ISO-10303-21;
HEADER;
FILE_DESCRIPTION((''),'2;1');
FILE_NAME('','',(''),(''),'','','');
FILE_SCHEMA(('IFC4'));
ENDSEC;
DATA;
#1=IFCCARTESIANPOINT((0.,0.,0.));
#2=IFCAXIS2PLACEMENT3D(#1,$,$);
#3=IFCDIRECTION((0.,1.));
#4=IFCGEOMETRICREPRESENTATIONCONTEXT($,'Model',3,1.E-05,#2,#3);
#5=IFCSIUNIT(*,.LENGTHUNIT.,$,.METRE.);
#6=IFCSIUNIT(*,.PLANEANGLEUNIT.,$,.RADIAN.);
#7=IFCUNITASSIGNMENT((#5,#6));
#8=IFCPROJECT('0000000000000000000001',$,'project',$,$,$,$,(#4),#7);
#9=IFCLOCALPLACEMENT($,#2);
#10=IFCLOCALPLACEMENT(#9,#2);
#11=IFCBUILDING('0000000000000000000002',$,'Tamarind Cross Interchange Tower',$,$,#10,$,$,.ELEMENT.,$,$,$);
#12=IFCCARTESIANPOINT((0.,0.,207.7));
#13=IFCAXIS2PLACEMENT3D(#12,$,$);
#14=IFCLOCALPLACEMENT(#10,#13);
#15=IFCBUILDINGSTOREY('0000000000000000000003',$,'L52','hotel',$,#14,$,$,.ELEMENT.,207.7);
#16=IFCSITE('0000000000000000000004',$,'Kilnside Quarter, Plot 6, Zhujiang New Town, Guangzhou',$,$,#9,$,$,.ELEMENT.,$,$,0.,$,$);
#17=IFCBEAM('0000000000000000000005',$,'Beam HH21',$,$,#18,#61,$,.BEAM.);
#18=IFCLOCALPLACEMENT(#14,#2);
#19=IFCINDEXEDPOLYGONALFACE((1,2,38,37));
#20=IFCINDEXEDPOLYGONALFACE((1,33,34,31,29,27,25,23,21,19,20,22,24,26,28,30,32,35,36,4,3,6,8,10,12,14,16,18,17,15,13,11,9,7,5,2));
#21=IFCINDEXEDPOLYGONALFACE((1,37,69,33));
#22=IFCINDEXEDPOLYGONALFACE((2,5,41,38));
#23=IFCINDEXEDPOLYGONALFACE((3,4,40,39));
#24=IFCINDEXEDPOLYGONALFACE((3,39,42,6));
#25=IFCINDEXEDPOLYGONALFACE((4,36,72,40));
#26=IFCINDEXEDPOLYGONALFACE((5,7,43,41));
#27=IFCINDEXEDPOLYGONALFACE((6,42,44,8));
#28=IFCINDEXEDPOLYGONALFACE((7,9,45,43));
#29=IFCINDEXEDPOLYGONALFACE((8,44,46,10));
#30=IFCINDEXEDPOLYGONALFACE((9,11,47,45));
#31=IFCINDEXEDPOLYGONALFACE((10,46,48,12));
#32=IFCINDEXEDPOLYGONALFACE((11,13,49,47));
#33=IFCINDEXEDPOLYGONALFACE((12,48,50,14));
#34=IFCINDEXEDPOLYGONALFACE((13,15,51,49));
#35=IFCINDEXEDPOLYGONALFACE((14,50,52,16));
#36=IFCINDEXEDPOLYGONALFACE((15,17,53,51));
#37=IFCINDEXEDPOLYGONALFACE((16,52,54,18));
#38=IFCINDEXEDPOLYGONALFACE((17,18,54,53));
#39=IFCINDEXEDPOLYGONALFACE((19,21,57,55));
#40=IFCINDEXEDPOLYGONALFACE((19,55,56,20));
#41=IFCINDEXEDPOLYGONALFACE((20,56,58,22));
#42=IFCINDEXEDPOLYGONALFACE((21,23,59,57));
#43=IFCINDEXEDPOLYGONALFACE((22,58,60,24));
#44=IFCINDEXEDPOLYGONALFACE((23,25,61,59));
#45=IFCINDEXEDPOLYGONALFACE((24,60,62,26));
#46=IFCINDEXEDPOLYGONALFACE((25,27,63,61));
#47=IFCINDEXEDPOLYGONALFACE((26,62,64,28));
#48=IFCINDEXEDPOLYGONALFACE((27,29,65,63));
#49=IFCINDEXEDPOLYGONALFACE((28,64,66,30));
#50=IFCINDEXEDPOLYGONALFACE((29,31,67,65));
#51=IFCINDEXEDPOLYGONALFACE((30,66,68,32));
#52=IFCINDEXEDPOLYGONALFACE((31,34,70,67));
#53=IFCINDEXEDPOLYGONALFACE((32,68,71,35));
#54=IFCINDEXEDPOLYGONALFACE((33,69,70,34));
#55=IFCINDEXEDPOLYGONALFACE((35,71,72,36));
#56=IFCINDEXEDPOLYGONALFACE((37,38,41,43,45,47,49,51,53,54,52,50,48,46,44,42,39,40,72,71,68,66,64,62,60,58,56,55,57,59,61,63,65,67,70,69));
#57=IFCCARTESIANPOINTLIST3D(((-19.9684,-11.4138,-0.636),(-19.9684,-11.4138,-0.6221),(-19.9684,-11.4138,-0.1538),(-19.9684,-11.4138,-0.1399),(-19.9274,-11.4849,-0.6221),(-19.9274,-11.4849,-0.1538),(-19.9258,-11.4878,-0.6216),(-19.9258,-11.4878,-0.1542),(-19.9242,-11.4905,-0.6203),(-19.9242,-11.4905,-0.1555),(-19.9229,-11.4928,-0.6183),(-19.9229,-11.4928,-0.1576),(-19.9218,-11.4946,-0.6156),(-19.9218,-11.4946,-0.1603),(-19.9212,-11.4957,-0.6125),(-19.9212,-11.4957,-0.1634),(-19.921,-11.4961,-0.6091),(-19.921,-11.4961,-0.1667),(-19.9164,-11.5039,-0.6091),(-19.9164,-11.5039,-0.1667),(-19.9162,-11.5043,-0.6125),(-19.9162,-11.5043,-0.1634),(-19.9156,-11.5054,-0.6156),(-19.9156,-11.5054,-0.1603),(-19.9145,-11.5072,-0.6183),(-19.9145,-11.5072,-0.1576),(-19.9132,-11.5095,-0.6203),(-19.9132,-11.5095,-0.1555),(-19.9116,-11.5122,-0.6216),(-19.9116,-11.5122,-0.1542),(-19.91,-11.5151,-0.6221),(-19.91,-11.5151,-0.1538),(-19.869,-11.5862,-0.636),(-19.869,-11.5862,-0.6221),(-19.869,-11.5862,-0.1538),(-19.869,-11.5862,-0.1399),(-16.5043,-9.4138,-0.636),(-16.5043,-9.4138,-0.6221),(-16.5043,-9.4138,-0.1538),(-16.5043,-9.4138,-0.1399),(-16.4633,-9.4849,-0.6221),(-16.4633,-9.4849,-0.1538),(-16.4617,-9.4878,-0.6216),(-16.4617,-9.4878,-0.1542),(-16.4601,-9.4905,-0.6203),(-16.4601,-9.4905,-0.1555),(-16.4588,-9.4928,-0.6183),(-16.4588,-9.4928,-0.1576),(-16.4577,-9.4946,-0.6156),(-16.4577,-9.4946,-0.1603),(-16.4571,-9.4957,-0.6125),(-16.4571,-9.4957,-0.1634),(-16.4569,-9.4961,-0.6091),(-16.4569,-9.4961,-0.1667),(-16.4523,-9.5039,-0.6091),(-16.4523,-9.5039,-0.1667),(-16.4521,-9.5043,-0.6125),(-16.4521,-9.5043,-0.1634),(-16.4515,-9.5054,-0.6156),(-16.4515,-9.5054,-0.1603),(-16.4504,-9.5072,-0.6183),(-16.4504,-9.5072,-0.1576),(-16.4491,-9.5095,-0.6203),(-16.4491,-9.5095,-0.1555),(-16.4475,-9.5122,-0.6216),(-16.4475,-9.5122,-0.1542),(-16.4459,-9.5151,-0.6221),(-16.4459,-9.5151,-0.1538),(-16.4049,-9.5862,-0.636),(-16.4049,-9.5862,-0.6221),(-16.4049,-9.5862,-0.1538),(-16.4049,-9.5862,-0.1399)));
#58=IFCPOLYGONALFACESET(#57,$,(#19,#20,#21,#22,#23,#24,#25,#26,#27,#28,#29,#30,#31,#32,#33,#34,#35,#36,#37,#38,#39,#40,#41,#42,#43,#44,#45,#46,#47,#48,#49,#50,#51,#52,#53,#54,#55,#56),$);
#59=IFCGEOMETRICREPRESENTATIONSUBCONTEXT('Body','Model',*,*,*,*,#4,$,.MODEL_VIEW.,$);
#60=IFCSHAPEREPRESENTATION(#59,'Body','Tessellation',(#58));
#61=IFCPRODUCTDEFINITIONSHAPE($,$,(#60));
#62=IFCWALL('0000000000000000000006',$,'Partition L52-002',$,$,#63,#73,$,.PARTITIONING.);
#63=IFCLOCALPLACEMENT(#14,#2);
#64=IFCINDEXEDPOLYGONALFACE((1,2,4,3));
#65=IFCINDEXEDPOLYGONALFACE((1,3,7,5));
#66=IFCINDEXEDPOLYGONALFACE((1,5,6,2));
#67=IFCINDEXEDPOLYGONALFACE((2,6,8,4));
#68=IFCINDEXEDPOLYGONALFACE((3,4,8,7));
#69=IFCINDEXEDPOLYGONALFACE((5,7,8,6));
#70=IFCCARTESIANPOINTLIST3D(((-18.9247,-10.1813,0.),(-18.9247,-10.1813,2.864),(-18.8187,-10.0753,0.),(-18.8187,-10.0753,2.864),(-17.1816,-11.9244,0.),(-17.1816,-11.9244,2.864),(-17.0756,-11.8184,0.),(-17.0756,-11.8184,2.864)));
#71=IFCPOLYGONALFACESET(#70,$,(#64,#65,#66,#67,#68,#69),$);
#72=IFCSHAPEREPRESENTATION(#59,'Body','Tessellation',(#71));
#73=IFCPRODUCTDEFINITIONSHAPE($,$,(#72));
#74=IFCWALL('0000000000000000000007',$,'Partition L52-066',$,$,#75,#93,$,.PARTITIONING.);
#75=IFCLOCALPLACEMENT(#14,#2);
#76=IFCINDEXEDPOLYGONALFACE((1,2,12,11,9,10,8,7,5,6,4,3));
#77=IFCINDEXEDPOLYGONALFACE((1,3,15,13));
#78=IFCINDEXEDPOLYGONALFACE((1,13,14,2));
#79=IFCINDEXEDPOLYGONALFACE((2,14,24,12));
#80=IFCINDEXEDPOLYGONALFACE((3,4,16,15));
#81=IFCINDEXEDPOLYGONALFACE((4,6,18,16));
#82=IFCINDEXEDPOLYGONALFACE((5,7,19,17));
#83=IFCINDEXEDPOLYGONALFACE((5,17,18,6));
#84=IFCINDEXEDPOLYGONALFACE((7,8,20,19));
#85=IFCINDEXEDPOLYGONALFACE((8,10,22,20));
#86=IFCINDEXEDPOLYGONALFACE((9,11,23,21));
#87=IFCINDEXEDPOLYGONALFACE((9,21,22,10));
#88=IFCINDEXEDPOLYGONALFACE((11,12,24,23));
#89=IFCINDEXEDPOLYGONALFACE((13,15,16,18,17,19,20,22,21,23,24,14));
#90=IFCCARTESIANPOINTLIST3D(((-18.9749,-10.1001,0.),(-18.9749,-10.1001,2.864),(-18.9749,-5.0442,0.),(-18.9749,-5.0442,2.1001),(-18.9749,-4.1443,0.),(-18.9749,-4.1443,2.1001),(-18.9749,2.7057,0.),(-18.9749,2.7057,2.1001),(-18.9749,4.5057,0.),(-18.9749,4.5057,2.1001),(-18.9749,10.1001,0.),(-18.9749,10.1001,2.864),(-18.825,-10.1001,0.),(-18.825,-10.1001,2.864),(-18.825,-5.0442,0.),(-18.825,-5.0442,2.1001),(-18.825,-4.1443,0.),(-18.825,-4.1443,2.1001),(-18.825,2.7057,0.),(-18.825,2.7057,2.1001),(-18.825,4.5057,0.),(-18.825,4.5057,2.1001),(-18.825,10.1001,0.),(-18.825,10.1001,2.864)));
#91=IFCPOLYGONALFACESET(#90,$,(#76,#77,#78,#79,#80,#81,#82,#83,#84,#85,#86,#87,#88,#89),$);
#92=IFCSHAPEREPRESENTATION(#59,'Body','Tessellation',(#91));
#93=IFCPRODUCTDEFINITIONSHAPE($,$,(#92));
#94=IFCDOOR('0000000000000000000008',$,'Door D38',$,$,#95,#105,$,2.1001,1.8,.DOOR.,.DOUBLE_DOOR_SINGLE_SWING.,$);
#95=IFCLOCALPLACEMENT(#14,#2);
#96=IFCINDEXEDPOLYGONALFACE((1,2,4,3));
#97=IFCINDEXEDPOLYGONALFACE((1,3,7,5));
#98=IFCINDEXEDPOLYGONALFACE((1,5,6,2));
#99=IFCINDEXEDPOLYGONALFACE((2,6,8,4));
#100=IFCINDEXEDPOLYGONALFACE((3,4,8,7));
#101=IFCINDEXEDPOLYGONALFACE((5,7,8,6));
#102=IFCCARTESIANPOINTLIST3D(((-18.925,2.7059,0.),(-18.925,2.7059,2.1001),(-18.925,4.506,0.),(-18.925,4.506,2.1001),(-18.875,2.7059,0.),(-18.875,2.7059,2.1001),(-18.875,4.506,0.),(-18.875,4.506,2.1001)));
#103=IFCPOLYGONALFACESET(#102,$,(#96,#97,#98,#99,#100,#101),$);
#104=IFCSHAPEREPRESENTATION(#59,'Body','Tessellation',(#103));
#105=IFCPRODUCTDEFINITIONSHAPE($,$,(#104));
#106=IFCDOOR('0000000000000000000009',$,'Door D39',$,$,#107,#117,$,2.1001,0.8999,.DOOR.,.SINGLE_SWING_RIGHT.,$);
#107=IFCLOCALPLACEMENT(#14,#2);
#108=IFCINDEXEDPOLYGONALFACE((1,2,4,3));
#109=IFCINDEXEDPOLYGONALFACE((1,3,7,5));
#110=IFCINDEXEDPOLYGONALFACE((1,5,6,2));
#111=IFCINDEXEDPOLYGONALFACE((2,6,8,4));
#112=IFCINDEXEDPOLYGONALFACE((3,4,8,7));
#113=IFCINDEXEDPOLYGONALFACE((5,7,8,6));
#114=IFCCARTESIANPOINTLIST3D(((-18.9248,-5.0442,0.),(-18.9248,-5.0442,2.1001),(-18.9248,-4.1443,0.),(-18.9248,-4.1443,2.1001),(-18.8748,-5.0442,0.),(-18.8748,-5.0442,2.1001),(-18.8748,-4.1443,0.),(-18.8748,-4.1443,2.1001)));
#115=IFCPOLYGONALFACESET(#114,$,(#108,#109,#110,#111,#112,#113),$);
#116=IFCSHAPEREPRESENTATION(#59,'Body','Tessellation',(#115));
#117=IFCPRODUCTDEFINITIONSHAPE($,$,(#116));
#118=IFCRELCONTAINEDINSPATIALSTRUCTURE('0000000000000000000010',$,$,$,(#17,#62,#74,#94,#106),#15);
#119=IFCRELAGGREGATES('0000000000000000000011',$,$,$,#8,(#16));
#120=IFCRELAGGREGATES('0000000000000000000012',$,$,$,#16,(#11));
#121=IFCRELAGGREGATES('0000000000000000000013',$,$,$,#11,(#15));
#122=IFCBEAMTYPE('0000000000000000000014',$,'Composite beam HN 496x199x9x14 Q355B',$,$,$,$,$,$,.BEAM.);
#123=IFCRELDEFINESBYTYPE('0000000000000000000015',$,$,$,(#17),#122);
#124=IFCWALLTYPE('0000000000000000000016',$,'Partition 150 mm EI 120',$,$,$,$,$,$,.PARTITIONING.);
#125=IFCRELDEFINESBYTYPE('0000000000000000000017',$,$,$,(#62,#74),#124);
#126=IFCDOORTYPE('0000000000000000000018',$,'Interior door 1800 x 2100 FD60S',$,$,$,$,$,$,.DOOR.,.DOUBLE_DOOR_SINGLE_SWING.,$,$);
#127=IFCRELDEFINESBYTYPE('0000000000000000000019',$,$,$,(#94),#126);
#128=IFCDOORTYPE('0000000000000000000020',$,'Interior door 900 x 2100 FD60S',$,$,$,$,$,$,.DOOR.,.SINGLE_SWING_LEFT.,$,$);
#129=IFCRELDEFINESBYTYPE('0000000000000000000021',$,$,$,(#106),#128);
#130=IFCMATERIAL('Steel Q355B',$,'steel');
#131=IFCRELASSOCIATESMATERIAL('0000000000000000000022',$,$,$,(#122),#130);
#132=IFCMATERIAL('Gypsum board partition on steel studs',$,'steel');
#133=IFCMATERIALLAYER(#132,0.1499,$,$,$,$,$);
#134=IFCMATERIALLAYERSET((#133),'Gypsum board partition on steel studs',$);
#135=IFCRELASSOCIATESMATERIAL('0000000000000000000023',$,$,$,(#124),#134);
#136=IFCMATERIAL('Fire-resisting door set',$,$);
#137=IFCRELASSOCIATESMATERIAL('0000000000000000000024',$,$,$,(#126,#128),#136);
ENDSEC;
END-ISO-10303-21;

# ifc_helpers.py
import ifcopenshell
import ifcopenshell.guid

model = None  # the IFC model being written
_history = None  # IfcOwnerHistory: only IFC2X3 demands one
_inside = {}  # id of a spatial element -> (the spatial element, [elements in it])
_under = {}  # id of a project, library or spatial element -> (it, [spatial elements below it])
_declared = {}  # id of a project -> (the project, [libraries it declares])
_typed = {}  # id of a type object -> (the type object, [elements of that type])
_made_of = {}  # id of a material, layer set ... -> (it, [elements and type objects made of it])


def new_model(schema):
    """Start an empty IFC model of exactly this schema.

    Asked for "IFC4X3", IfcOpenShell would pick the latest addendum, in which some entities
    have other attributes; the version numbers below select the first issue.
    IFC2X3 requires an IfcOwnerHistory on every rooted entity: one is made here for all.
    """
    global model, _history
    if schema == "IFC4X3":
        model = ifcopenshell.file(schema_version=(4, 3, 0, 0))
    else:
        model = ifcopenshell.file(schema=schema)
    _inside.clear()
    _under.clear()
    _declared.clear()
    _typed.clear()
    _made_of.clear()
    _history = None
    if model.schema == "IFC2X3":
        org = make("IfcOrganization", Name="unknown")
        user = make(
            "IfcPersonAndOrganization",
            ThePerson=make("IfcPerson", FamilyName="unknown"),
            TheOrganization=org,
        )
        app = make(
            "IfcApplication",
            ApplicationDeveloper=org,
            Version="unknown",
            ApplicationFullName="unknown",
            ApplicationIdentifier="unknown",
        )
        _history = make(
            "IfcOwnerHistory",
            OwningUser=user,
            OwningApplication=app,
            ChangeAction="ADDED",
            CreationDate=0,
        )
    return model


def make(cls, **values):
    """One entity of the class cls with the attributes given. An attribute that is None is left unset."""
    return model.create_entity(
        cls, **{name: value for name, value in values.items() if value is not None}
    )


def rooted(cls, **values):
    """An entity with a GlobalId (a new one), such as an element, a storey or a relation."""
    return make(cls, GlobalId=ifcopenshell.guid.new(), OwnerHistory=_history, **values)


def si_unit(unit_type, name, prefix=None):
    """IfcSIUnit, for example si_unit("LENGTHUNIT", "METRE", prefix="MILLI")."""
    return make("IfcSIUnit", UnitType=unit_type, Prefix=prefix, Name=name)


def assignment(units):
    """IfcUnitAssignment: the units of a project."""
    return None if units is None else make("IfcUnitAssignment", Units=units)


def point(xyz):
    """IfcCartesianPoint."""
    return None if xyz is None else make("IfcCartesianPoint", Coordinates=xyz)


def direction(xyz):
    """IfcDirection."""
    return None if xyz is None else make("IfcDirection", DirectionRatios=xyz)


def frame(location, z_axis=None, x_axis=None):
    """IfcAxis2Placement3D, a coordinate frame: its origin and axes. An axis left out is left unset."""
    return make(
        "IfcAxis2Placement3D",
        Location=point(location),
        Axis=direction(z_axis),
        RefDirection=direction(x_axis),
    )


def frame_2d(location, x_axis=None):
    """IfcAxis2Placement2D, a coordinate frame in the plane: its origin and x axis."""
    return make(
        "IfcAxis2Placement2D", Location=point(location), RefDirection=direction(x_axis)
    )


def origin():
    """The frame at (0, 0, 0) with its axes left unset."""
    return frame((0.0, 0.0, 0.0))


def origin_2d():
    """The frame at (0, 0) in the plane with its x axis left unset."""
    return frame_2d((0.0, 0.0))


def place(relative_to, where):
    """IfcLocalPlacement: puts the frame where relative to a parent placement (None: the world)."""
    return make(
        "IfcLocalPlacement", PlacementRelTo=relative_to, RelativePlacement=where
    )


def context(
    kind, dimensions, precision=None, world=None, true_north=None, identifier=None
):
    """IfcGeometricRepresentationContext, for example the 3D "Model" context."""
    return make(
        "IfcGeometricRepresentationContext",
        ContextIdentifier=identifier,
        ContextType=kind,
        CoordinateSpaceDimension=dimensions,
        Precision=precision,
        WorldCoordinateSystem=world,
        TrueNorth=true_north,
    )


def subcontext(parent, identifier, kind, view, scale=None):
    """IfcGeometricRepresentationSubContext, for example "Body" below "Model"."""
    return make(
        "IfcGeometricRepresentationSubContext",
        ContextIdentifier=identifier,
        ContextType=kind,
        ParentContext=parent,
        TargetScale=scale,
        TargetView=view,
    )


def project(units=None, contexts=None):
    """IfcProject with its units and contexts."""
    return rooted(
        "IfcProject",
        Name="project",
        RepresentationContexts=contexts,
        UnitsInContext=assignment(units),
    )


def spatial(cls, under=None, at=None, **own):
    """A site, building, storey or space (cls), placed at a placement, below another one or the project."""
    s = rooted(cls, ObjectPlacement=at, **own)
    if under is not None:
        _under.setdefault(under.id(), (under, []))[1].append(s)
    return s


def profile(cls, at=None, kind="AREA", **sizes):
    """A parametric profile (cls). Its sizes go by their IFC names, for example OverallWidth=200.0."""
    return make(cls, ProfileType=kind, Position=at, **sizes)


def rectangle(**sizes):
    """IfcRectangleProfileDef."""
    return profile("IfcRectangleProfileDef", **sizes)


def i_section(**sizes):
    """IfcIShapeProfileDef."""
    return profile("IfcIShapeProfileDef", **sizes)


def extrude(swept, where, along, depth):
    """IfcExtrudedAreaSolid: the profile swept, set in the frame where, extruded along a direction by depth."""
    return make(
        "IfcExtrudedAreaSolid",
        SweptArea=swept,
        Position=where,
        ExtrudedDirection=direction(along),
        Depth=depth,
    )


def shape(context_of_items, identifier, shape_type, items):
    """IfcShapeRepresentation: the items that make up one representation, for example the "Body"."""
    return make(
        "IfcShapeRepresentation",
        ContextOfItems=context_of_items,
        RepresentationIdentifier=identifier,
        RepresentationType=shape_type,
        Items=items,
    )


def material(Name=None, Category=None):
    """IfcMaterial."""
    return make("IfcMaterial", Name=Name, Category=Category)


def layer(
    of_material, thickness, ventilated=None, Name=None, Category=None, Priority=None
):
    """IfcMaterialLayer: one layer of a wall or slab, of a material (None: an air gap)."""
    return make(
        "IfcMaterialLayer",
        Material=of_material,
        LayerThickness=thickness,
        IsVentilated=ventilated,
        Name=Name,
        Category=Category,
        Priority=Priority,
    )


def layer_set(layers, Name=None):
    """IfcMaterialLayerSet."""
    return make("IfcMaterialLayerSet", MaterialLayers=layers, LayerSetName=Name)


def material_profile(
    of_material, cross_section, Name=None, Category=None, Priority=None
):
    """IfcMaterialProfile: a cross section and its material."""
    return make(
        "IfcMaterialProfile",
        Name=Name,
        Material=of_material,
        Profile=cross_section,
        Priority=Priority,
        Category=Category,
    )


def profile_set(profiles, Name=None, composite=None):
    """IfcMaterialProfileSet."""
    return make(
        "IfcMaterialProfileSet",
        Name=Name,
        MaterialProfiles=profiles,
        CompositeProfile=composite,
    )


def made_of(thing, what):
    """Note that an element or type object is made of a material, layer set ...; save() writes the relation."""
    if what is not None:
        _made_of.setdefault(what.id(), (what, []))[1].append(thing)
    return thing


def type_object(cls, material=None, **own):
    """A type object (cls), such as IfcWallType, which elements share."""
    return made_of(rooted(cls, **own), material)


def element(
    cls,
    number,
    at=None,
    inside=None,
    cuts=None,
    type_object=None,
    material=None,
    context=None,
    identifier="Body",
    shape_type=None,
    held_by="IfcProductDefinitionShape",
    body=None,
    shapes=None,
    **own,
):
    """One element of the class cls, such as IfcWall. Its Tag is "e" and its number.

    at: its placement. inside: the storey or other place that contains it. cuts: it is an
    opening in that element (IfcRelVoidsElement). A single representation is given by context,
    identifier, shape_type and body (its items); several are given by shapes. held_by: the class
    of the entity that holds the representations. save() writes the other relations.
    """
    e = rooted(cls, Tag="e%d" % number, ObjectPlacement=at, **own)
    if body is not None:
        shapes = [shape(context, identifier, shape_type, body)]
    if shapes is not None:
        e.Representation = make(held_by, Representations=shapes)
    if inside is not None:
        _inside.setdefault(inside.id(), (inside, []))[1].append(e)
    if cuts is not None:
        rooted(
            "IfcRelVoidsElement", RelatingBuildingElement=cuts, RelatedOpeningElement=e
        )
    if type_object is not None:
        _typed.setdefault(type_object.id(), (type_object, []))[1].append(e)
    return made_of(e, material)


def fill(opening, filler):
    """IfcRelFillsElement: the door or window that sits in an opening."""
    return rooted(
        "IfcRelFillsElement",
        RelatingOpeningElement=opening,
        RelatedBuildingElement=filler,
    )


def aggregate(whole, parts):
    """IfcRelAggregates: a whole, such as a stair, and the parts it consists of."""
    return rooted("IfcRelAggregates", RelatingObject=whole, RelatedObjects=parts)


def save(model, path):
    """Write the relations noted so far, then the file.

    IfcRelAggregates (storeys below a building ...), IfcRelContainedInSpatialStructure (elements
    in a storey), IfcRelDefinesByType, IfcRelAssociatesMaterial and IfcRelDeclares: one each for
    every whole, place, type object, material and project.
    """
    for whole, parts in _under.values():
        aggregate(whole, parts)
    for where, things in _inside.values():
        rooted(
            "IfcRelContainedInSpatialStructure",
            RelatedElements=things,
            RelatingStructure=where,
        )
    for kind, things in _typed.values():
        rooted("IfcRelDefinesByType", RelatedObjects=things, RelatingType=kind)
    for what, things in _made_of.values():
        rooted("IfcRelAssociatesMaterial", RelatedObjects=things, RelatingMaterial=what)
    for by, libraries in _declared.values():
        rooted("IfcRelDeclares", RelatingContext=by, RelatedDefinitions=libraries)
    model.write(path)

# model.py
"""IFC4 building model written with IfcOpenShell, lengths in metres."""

from ifc_helpers import new_model, si_unit, direction, frame, frame_2d, origin, origin_2d, place, context, subcontext, project, spatial, rectangle, i_section, extrude, material, layer, layer_set, material_profile, profile_set, type_object, element, fill, save


model = new_model("IFC4")

# Units and contexts
model_context = context("Model", 3, precision=1e-05, world=origin(), true_north=direction((0.0, 1.0)))
body_context = subcontext(model_context, "Body", "Model", "MODEL_VIEW")
ifc_project = project(units=[si_unit("LENGTHUNIT", "METRE"), si_unit("PLANEANGLEUNIT", "RADIAN")], contexts=[model_context])

# Site, building, storey
site_placement = place(None, origin())
site = spatial("IfcSite", under=ifc_project, at=site_placement, Name="Kilnside Quarter, Plot 6, Zhujiang New Town, Guangzhou", CompositionType="ELEMENT", RefElevation=0.0)
building_placement = place(site_placement, origin())
building = spatial("IfcBuilding", under=site, at=building_placement, Name="Tamarind Cross Interchange Tower", CompositionType="ELEMENT")
storey_placement = place(building_placement, frame((0.0, 0.0, 207.7)))
storey = spatial("IfcBuildingStorey", under=building, at=storey_placement, Name="L52", Description="hotel", CompositionType="ELEMENT", Elevation=207.7)

# Beam
ifc_material_1 = material(Name="Steel Q355B", Category="steel")
ifc_material_profile_1 = material_profile(ifc_material_1, i_section(OverallWidth=0.199, OverallDepth=0.4961, WebThickness=0.009, FlangeThickness=0.0139, FilletRadius=0.0129, at=origin_2d()), Name="HN 496x199x9x14")
ifc_profile_set_1 = profile_set([ifc_material_profile_1], Name="Steel Q355B")
beam_type = type_object("IfcBeamType", Name="Composite beam HN 496x199x9x14 Q355B", PredefinedType="BEAM", material=ifc_profile_set_1)
beam_1_placement = place(storey_placement, frame((-19.9187, -11.5, -0.3879), z_axis=(0.866026, 0.499999, 0.0), x_axis=(-0.499999, 0.866026, 0.0)))
element("IfcBeam", 1, at=beam_1_placement, inside=storey, type_object=beam_type, Name="Beam HH21", PredefinedType="BEAM", context=body_context, shape_type="SweptSolid", body=[
    extrude(i_section(OverallWidth=0.199, OverallDepth=0.4961, WebThickness=0.009, FlangeThickness=0.0139, FilletRadius=0.0129, at=origin_2d()), origin(), (0.0, 0.0, 1.0), 4.0),
])

# Wall
ifc_material_2 = material(Name="Gypsum board partition on steel studs", Category="steel")
ifc_layer = layer(ifc_material_2, 0.1499)
ifc_layer_set = layer_set([ifc_layer], Name="Gypsum board partition on steel studs")
wall_type = type_object("IfcWallType", Name="Partition 150 mm EI 120", PredefinedType="PARTITIONING", material=ifc_layer_set)
wall_1_placement = place(storey_placement, frame((-18.8716, -10.1284, 0.0), z_axis=(0.0, 0.0, 1.0), x_axis=(0.707107, -0.707107, 0.0)))
element("IfcWall", 2, at=wall_1_placement, inside=storey, type_object=wall_type, Name="Partition L52-002", PredefinedType="PARTITIONING", context=body_context, shape_type="SweptSolid", body=[
    extrude(rectangle(XDim=2.4651, YDim=0.1499, at=frame_2d((1.2324, 0.0))), origin(), (0.0, 0.0, 1.0), 2.864),
])

# Wall, openings, doors
wall_2_placement = place(storey_placement, frame((-18.8999, -10.1001, 0.0), z_axis=(0.0, 0.0, 1.0), x_axis=(0.0, 1.0, 0.0)))
wall_2 = element("IfcWall", 3, at=wall_2_placement, inside=storey, type_object=wall_type, Name="Partition L52-066", PredefinedType="PARTITIONING", context=body_context, shape_type="SweptSolid", body=[
    extrude(rectangle(XDim=20.2002, YDim=0.1499, at=frame_2d((10.1001, 0.0))), origin(), (0.0, 0.0, 1.0), 2.864),
])
opening_1_placement = place(wall_2_placement, frame((12.8059, 0.0, 0.0)))
opening_1 = element("IfcOpeningElement", 4, at=opening_1_placement, cuts=wall_2, PredefinedType="OPENING", context=body_context, shape_type="SweptSolid", body=[
    extrude(rectangle(XDim=1.8, YDim=2.1001, at=frame_2d((0.8999, 1.05))), frame((0.0, 0.085, 0.0), z_axis=(0.0, -1.0, 0.0), x_axis=(1.0, 0.0, 0.0)), (0.0, 0.0, 1.0), 0.1699),
])
opening_2_placement = place(wall_2_placement, frame((5.0559, 0.0, 0.0)))
opening_2 = element("IfcOpeningElement", 5, at=opening_2_placement, cuts=wall_2, PredefinedType="OPENING", context=body_context, shape_type="SweptSolid", body=[
    extrude(rectangle(XDim=0.8999, YDim=2.1001, at=frame_2d((0.45, 1.05))), frame((0.0, 0.085, 0.0), z_axis=(0.0, -1.0, 0.0), x_axis=(1.0, 0.0, 0.0)), (0.0, 0.0, 1.0), 0.1699),
])
ifc_material_3 = material(Name="Fire-resisting door set")
door_type_1 = type_object("IfcDoorType", Name="Interior door 1800 x 2100 FD60S", OperationType="DOUBLE_DOOR_SINGLE_SWING", PredefinedType="DOOR", material=ifc_material_3)
door_1_placement = place(opening_1_placement, frame((1.8, 0.0, 0.0), z_axis=(0.0, 0.0, 1.0), x_axis=(-1.0, 0.0, 0.0)))
door_1 = element("IfcDoor", 6, at=door_1_placement, inside=storey, type_object=door_type_1, Name="Door D38", OperationType="DOUBLE_DOOR_SINGLE_SWING", OverallHeight=2.1001, OverallWidth=1.8, PredefinedType="DOOR", context=body_context, shape_type="SweptSolid", body=[
    extrude(rectangle(XDim=1.8, YDim=2.1001, at=frame_2d((0.8999, 1.05))), frame((0.0, 0.0249, 0.0), z_axis=(0.0, -1.0, 0.0), x_axis=(1.0, 0.0, 0.0)), (0.0, 0.0, 1.0), 0.05),
])
fill(opening_1, door_1)
door_type_2 = type_object("IfcDoorType", Name="Interior door 900 x 2100 FD60S", OperationType="SINGLE_SWING_LEFT", PredefinedType="DOOR", material=ifc_material_3)
door_2_placement = place(opening_2_placement, origin())
door_2 = element("IfcDoor", 7, at=door_2_placement, inside=storey, type_object=door_type_2, Name="Door D39", OperationType="SINGLE_SWING_RIGHT", OverallHeight=2.1001, OverallWidth=0.8999, PredefinedType="DOOR", context=body_context, shape_type="SweptSolid", body=[
    extrude(rectangle(XDim=0.8999, YDim=2.1001, at=frame_2d((0.45, 1.05))), frame((0.0, 0.0249, 0.0), z_axis=(0.0, -1.0, 0.0), x_axis=(1.0, 0.0, 0.0)), (0.0, 0.0, 1.0), 0.05),
])
fill(opening_2, door_2)

save(model, "model.ifc")
